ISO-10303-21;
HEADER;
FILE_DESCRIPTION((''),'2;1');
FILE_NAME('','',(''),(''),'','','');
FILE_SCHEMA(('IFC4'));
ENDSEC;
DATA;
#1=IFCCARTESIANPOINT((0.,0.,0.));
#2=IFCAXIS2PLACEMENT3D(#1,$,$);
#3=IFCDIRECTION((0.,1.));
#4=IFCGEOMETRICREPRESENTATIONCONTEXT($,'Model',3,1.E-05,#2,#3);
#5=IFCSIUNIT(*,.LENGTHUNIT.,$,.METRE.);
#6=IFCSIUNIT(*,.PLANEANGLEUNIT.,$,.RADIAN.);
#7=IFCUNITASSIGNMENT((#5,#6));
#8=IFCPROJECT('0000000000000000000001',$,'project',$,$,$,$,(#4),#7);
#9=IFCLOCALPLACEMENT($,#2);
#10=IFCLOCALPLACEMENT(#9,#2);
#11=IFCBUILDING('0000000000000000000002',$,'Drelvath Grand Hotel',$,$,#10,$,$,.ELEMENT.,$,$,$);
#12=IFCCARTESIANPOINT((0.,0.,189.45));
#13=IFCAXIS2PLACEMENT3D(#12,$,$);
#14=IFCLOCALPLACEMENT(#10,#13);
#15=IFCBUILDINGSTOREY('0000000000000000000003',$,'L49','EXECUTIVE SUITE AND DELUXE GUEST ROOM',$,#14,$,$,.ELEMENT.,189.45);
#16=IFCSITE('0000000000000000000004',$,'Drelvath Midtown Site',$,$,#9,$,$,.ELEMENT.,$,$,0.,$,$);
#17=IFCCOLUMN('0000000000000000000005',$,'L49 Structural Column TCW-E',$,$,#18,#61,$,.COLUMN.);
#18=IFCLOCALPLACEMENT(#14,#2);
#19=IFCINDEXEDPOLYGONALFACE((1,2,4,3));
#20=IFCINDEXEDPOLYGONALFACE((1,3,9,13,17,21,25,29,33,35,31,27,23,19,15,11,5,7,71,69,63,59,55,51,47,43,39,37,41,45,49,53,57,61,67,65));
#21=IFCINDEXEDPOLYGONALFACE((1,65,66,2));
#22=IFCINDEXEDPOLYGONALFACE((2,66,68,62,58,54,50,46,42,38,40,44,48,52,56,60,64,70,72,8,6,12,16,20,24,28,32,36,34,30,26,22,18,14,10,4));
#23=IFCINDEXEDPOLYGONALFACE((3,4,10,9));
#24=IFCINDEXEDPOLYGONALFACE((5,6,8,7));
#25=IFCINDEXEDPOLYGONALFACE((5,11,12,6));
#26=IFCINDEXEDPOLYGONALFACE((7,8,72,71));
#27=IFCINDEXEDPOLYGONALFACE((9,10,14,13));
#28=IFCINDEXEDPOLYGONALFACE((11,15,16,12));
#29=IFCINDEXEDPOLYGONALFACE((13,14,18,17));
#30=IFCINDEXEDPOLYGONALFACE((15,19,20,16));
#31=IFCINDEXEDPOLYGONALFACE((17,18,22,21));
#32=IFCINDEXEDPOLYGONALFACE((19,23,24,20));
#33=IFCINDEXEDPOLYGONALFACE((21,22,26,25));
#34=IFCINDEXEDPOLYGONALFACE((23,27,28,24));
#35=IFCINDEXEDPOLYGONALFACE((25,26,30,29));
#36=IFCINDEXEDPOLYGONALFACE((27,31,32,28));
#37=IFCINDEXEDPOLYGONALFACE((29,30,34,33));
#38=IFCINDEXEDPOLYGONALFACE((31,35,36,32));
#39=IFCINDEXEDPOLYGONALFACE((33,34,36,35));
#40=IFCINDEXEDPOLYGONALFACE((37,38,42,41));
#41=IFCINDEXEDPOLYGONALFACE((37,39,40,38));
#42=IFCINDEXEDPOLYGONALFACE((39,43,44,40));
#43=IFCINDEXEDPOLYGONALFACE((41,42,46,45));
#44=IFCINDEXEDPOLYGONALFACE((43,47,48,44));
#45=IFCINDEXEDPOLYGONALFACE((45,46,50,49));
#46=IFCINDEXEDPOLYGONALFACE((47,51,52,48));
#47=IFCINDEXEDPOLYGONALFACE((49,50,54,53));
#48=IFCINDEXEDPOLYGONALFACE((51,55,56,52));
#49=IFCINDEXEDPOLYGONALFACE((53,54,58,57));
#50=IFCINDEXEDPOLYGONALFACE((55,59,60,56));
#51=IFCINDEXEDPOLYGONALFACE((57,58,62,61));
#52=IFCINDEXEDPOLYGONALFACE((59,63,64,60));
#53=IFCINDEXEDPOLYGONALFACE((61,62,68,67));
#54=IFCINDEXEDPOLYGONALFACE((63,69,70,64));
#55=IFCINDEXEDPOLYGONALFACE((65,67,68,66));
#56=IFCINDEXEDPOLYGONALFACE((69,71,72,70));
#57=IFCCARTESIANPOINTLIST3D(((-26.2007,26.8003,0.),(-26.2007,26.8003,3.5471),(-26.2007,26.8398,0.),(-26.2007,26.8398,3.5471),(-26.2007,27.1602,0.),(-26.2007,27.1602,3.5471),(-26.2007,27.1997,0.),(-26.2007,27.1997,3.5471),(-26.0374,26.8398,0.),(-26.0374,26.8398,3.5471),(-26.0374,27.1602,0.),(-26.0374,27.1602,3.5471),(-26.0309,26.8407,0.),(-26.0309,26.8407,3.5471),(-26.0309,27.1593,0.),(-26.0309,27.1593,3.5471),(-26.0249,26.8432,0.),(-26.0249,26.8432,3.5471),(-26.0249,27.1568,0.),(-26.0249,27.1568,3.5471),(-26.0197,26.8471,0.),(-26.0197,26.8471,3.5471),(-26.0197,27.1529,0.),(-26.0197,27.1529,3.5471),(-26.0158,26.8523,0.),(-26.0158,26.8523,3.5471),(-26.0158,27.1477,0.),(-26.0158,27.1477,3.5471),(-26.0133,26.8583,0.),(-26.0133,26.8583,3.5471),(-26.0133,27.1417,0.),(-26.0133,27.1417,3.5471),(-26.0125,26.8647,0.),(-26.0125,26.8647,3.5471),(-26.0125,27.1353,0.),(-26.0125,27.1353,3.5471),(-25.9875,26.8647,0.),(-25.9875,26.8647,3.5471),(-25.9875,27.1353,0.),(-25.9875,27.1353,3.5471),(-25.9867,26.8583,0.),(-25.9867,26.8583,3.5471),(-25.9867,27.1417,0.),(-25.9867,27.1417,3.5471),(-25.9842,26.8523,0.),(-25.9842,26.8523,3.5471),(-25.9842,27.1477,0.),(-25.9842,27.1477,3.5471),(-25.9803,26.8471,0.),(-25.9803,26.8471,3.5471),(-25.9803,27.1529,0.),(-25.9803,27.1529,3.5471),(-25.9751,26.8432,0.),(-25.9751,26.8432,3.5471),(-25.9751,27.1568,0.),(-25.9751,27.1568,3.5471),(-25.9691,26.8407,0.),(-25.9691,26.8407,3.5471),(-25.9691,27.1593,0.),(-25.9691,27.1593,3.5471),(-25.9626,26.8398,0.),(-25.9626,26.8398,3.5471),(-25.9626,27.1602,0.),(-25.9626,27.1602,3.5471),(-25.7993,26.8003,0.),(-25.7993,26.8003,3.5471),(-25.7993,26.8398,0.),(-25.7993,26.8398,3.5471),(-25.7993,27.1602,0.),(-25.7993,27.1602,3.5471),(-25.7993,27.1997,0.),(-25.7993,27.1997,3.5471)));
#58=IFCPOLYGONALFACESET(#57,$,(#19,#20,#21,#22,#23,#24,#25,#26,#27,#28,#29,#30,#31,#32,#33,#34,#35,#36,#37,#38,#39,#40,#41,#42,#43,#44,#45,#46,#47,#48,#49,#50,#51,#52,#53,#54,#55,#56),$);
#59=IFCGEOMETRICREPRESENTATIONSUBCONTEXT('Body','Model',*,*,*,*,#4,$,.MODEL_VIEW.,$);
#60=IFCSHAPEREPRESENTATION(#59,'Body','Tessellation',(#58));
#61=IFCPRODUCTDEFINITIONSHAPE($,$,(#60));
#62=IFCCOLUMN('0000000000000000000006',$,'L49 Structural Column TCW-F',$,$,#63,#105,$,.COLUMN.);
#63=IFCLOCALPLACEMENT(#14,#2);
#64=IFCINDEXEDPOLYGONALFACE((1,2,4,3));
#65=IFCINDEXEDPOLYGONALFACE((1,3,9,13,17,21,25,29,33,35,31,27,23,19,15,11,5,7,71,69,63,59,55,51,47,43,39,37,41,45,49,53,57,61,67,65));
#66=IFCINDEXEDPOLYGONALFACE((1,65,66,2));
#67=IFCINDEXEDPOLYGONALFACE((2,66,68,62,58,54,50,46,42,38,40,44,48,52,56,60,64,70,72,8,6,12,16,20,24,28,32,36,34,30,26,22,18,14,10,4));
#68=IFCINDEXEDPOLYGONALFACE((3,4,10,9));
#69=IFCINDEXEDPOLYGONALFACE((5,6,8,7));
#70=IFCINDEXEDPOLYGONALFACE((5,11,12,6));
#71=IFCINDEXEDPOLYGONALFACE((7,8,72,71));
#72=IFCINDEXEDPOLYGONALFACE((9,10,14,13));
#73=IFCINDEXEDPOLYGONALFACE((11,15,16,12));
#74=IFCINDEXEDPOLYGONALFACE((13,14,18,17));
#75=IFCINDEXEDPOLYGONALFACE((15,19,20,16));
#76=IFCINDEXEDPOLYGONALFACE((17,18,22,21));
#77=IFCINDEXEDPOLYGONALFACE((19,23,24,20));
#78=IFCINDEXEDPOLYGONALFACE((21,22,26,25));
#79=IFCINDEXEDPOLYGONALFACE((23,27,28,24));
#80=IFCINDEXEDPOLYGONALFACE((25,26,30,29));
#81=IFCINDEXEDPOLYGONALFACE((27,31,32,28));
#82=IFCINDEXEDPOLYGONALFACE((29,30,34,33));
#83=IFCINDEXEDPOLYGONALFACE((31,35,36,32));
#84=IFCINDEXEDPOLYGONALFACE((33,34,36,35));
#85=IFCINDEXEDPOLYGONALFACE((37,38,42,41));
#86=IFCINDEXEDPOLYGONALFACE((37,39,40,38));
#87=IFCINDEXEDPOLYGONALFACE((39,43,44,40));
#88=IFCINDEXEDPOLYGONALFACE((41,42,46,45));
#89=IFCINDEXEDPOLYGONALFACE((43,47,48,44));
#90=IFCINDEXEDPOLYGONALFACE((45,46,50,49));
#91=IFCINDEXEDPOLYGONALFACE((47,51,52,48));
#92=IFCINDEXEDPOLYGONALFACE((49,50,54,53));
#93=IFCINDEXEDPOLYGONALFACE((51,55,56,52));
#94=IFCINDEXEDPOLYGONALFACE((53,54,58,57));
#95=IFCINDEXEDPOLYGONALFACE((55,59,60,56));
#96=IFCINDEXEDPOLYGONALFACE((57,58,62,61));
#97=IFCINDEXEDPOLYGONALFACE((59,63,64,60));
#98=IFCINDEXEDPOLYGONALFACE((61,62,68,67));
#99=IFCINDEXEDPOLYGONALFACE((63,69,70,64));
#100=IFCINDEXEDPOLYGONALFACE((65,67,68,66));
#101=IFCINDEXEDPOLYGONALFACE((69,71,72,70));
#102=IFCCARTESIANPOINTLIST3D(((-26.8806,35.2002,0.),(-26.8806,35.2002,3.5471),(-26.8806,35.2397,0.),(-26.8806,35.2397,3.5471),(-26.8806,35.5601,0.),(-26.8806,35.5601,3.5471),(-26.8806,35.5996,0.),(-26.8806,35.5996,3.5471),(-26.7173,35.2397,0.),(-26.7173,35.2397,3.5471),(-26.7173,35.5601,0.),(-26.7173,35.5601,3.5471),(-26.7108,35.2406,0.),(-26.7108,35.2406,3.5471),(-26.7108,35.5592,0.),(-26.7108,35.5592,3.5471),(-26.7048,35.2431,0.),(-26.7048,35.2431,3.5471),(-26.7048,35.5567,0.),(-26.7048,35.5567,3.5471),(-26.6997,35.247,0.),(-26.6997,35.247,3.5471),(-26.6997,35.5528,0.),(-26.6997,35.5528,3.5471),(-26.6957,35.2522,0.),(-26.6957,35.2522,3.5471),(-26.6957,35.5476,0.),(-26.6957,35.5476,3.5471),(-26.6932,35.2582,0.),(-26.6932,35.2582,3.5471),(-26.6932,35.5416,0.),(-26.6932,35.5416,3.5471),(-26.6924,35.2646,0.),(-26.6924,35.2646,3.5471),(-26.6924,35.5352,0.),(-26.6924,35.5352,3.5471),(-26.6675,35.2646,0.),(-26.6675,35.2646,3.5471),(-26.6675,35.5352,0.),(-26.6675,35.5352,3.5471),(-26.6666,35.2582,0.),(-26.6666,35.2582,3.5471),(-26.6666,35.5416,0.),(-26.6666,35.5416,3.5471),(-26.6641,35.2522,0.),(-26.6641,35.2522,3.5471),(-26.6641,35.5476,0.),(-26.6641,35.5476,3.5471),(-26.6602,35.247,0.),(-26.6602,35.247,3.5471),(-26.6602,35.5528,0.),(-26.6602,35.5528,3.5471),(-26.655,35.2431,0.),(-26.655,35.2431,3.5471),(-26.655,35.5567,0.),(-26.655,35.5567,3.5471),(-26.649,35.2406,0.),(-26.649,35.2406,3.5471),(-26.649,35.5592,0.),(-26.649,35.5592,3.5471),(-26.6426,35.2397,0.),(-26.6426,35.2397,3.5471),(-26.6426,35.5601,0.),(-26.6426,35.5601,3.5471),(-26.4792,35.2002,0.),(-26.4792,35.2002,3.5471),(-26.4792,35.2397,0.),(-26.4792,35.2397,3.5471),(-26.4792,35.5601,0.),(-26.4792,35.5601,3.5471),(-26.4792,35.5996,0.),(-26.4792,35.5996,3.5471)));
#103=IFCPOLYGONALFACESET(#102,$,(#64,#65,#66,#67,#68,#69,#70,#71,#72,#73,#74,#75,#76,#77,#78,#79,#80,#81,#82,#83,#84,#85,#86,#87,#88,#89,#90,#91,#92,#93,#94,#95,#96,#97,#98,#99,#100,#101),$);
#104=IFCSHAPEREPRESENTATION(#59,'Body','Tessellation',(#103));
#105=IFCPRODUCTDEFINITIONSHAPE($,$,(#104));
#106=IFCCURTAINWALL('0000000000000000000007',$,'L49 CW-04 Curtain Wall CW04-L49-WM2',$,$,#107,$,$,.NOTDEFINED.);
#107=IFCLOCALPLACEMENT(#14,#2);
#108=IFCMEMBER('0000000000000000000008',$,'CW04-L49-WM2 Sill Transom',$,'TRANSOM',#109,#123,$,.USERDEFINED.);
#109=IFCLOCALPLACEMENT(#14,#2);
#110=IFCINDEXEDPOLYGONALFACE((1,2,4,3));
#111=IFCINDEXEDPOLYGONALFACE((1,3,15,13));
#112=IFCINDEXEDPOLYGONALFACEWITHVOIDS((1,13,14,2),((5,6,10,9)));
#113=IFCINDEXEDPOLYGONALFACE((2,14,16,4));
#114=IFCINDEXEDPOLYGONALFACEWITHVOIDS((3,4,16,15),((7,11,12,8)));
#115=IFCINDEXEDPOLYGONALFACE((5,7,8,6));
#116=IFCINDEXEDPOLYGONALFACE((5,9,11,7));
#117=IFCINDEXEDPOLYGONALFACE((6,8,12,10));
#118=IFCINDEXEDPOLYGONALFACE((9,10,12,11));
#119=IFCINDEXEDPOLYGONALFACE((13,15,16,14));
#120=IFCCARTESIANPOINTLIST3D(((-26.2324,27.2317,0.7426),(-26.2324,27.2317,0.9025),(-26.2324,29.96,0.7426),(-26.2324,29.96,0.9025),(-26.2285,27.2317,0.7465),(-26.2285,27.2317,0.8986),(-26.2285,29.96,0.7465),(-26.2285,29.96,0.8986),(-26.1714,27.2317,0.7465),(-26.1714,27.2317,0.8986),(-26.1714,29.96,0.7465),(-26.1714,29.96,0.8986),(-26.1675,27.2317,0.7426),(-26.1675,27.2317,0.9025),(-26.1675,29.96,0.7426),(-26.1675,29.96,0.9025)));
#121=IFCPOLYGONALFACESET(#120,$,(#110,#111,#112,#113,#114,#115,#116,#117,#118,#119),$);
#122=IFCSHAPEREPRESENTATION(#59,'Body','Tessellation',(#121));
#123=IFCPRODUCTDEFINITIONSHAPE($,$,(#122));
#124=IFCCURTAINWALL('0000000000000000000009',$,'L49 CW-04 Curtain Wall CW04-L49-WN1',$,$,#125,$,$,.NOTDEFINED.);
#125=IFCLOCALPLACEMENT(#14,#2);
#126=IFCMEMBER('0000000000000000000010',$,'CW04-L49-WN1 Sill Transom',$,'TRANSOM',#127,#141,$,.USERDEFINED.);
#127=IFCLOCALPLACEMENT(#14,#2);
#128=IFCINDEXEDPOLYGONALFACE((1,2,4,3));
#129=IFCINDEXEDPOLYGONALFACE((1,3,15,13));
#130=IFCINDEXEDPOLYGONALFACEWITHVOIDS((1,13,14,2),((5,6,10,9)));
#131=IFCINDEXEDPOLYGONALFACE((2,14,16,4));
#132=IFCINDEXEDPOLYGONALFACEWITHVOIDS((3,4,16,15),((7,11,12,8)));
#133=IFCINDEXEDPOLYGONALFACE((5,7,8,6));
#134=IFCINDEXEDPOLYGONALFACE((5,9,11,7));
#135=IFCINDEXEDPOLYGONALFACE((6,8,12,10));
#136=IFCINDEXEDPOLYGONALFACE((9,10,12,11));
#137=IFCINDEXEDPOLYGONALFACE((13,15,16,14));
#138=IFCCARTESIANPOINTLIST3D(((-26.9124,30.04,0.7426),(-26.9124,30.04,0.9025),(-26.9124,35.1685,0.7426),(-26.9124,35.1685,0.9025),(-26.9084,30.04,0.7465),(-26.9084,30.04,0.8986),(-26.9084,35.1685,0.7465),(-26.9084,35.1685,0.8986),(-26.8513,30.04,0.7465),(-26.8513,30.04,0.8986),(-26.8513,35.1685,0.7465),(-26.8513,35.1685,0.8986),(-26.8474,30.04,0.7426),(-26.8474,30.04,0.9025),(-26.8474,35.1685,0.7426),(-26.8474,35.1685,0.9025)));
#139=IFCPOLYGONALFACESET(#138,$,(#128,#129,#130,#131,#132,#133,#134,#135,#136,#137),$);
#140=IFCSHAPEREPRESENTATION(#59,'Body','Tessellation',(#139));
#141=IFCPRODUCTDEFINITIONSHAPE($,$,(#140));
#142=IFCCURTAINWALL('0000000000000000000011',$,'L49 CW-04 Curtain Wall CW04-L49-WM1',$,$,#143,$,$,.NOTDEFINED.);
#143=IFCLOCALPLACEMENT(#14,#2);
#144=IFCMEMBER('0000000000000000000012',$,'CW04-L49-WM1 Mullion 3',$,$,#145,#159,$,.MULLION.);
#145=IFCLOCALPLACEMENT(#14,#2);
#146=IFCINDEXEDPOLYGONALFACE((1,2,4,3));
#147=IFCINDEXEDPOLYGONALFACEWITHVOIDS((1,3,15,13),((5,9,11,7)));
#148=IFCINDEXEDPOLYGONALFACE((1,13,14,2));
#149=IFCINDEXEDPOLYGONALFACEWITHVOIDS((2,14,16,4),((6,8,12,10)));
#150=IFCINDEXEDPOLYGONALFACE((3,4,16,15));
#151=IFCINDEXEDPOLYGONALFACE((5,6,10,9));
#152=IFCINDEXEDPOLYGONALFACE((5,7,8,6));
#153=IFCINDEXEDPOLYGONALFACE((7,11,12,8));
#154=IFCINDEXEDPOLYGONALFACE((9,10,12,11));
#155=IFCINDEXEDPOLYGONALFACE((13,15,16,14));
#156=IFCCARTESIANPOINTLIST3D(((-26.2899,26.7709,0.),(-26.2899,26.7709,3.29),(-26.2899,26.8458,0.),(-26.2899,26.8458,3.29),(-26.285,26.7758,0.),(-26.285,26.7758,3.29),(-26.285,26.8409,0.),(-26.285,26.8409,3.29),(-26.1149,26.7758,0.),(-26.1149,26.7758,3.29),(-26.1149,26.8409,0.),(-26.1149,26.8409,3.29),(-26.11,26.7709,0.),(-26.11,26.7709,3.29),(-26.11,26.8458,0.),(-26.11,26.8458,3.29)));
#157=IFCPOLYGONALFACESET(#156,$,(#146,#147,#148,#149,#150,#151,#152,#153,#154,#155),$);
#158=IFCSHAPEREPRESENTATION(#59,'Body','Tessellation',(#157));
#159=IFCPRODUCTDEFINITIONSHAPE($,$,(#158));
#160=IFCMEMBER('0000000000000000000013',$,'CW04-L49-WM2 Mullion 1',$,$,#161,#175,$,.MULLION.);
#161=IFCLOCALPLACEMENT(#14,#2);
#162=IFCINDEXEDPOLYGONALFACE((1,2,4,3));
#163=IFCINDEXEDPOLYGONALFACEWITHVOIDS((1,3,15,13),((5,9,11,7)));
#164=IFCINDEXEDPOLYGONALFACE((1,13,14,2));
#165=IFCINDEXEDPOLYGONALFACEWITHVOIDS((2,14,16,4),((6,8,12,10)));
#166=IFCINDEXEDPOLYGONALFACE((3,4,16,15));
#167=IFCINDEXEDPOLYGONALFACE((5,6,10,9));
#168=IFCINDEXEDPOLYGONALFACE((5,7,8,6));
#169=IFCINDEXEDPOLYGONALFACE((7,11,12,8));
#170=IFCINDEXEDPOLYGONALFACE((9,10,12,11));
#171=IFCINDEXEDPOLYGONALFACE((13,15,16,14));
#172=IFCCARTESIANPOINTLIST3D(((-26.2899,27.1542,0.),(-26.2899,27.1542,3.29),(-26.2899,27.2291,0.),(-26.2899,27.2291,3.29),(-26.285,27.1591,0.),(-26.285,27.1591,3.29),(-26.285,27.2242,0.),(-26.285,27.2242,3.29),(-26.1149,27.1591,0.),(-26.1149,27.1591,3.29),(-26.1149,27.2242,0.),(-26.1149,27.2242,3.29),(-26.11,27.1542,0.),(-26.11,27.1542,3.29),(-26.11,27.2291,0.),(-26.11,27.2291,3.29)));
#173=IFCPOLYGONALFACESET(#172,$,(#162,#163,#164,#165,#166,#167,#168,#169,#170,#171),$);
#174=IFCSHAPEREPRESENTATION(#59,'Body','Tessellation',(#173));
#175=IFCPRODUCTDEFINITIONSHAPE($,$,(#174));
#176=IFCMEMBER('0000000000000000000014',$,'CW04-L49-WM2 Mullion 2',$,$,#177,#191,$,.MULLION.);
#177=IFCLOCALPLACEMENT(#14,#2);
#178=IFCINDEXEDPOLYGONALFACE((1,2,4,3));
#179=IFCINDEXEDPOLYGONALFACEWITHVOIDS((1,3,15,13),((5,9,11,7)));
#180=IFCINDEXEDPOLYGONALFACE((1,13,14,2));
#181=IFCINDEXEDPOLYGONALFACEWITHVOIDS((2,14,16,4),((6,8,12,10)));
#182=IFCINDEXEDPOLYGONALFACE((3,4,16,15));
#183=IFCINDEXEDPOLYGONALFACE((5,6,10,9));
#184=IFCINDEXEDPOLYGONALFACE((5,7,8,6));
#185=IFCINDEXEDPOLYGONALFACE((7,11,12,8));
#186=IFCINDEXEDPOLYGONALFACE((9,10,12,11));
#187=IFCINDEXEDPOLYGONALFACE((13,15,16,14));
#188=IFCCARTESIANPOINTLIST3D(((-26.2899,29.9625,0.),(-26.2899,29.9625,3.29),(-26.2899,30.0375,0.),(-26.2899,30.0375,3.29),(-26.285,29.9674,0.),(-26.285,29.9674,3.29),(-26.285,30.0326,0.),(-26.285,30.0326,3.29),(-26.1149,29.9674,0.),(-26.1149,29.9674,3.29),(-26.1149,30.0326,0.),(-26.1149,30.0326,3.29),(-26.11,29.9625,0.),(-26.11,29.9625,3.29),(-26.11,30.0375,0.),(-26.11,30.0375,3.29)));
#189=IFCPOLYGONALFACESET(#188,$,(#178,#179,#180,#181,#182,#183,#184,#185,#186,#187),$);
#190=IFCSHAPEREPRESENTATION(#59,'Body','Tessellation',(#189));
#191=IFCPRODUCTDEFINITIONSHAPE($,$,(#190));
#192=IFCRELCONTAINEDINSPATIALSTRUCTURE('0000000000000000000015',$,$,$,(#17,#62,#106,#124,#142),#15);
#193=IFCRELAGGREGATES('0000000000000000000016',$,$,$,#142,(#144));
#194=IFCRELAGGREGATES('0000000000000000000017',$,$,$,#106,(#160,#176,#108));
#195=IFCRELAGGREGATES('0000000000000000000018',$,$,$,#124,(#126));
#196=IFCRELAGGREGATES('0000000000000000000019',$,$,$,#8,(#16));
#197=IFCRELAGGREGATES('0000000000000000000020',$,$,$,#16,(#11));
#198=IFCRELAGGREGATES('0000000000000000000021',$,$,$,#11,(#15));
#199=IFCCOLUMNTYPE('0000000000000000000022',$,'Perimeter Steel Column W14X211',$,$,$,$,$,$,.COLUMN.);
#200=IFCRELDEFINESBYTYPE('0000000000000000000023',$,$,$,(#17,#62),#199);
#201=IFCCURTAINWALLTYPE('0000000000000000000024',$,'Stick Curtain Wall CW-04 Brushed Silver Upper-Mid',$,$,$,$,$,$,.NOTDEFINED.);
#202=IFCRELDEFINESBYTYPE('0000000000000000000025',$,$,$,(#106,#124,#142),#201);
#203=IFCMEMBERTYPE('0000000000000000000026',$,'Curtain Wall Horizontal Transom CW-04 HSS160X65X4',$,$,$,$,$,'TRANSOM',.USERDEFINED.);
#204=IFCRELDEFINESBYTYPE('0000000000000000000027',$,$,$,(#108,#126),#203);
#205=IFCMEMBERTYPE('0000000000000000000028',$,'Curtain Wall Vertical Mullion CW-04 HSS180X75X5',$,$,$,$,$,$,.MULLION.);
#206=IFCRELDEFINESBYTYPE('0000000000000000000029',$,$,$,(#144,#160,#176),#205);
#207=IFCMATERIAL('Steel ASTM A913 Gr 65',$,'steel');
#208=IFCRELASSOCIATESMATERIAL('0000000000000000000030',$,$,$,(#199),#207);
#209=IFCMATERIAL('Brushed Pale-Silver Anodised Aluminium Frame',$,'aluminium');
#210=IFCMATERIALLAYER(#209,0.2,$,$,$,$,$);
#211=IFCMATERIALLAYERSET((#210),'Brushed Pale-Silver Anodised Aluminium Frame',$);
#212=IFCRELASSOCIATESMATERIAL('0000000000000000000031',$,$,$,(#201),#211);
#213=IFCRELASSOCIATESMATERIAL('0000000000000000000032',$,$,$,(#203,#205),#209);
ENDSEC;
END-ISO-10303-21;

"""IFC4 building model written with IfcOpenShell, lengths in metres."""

from ifc_helpers import new_model, si_unit, direction, frame, origin, origin_2d, place, context, subcontext, project, spatial, hollow_rectangle, i_section, extrude, material, layer, layer_set, material_profile, profile_set, type_object, element, aggregate, save


model = new_model("IFC4")

# Units and contexts
model_context = context("Model", 3, precision=1e-05, world=origin(), true_north=direction((0.0, 1.0)))
body_context = subcontext(model_context, "Body", "Model", "MODEL_VIEW")
ifc_project = project(units=[si_unit("LENGTHUNIT", "METRE"), si_unit("PLANEANGLEUNIT", "RADIAN")], contexts=[model_context])

# Site, building, storey
site_placement = place(None, origin())
site = spatial("IfcSite", under=ifc_project, at=site_placement, Name="Drelvath Midtown Site", CompositionType="ELEMENT", RefElevation=0.0)
building_placement = place(site_placement, origin())
building = spatial("IfcBuilding", under=site, at=building_placement, Name="Drelvath Grand Hotel", CompositionType="ELEMENT")
storey_placement = place(building_placement, frame((0.0, 0.0, 189.45)))
storey = spatial("IfcBuildingStorey", under=building, at=storey_placement, Name="L49", Description="EXECUTIVE SUITE AND DELUXE GUEST ROOM", CompositionType="ELEMENT", Elevation=189.45)

# Columns
ifc_material_1 = material(Name="Steel ASTM A913 Gr 65", Category="steel")
ifc_material_profile_1 = material_profile(ifc_material_1, i_section(OverallWidth=0.4014, OverallDepth=0.3994, WebThickness=0.0249, FlangeThickness=0.0396, FilletRadius=0.0249, at=origin_2d()), Name="W14X211")
ifc_profile_set_1 = profile_set([ifc_material_profile_1], Name="Steel ASTM A913 Gr 65")
column_type = type_object("IfcColumnType", Name="Perimeter Steel Column W14X211", PredefinedType="COLUMN", material=ifc_profile_set_1)
for number, where, z_axis, x_axis, name in (
    (1, (-26.0, 27.0, 0.0), (0.0, 0.0, 1.0), (1.0, 0.0, 0.0), "L49 Structural Column TCW-E"),
    (2, (-26.6799, 35.3999, 0.0), (0.0, 0.0, 1.0), (1.0, 0.0, 0.0), "L49 Structural Column TCW-F"),
):
    element("IfcColumn", number, at=place(storey_placement, frame(where, z_axis=z_axis, x_axis=x_axis)), inside=storey, type_object=column_type, Name=name, PredefinedType="COLUMN", context=body_context, shape_type="SweptSolid", body=[
        extrude(i_section(OverallWidth=0.4014, OverallDepth=0.3994, WebThickness=0.0249, FlangeThickness=0.0396, FilletRadius=0.0249, at=origin_2d()), origin(), (0.0, 0.0, 1.0), 3.5471),
    ])

# Curtain walls, members
ifc_material_2 = material(Name="Brushed Pale-Silver Anodised Aluminium Frame", Category="aluminium")
ifc_layer_1 = layer(ifc_material_2, 0.2)
ifc_layer_set_1 = layer_set([ifc_layer_1], Name="Brushed Pale-Silver Anodised Aluminium Frame")
curtain_wall_type = type_object("IfcCurtainWallType", Name="Stick Curtain Wall CW-04 Brushed Silver Upper-Mid", PredefinedType="NOTDEFINED", material=ifc_layer_set_1)
curtain_wall_1_placement = place(storey_placement, origin())
curtain_wall_1 = element("IfcCurtainWall", 3, at=curtain_wall_1_placement, inside=storey, type_object=curtain_wall_type, Name="L49 CW-04 Curtain Wall CW04-L49-WM2", PredefinedType="NOTDEFINED")
ifc_material_profile_2 = material_profile(ifc_material_2, hollow_rectangle(XDim=0.0649, YDim=0.1599, WallThickness=0.0039, at=origin_2d()), Name="HSS160X65X4")
ifc_profile_set_2 = profile_set([ifc_material_profile_2], Name="Brushed Pale-Silver Anodised Aluminium Frame")
member_type_1 = type_object("IfcMemberType", Name="Curtain Wall Horizontal Transom CW-04 HSS160X65X4", ElementType="TRANSOM", PredefinedType="USERDEFINED", material=ifc_profile_set_2)
member_1_placement = place(storey_placement, frame((-26.2, 27.2317, 0.8225), z_axis=(0.0, 1.0, 0.0), x_axis=(-1.0, 0.0, 0.0)))
member_1 = element("IfcMember", 4, at=member_1_placement, type_object=member_type_1, Name="CW04-L49-WM2 Sill Transom", ObjectType="TRANSOM", PredefinedType="USERDEFINED", context=body_context, shape_type="SweptSolid", body=[
    extrude(hollow_rectangle(XDim=0.0649, YDim=0.1599, WallThickness=0.0039, at=origin_2d()), origin(), (0.0, 0.0, 1.0), 2.7283),
])
curtain_wall_2_placement = place(storey_placement, origin())
curtain_wall_2 = element("IfcCurtainWall", 5, at=curtain_wall_2_placement, inside=storey, type_object=curtain_wall_type, Name="L49 CW-04 Curtain Wall CW04-L49-WN1", PredefinedType="NOTDEFINED")
member_2_placement = place(storey_placement, frame((-26.8799, 30.04, 0.8225), z_axis=(0.0, 1.0, 0.0), x_axis=(-1.0, 0.0, 0.0)))
member_2 = element("IfcMember", 6, at=member_2_placement, type_object=member_type_1, Name="CW04-L49-WN1 Sill Transom", ObjectType="TRANSOM", PredefinedType="USERDEFINED", context=body_context, shape_type="SweptSolid", body=[
    extrude(hollow_rectangle(XDim=0.0649, YDim=0.1599, WallThickness=0.0039, at=origin_2d()), origin(), (0.0, 0.0, 1.0), 5.1284),
])
curtain_wall_3_placement = place(storey_placement, origin())
curtain_wall_3 = element("IfcCurtainWall", 7, at=curtain_wall_3_placement, inside=storey, type_object=curtain_wall_type, Name="L49 CW-04 Curtain Wall CW04-L49-WM1", PredefinedType="NOTDEFINED")
ifc_material_profile_3 = material_profile(ifc_material_2, hollow_rectangle(XDim=0.075, YDim=0.1799, WallThickness=0.0049, at=origin_2d()), Name="HSS180X75X5")
ifc_profile_set_3 = profile_set([ifc_material_profile_3], Name="Brushed Pale-Silver Anodised Aluminium Frame")
member_type_2 = type_object("IfcMemberType", Name="Curtain Wall Vertical Mullion CW-04 HSS180X75X5", PredefinedType="MULLION", material=ifc_profile_set_3)
member_3_placement = place(storey_placement, frame((-26.2, 26.8083, 0.0), z_axis=(0.0, 0.0, 1.0), x_axis=(0.0, 1.0, 0.0)))
member_3 = element("IfcMember", 8, at=member_3_placement, type_object=member_type_2, Name="CW04-L49-WM1 Mullion 3", PredefinedType="MULLION", context=body_context, shape_type="SweptSolid", body=[
    extrude(hollow_rectangle(XDim=0.075, YDim=0.1799, WallThickness=0.0049, at=origin_2d()), origin(), (0.0, 0.0, 1.0), 3.29),
])
aggregate(curtain_wall_3, [member_3])

# Members
member_4_placement = place(storey_placement, frame((-26.2, 27.1917, 0.0), z_axis=(0.0, 0.0, 1.0), x_axis=(0.0, 1.0, 0.0)))
member_4 = element("IfcMember", 9, at=member_4_placement, type_object=member_type_2, Name="CW04-L49-WM2 Mullion 1", PredefinedType="MULLION", context=body_context, shape_type="SweptSolid", body=[
    extrude(hollow_rectangle(XDim=0.075, YDim=0.1799, WallThickness=0.0049, at=origin_2d()), origin(), (0.0, 0.0, 1.0), 3.29),
])
member_5_placement = place(storey_placement, frame((-26.2, 30.0, 0.0), z_axis=(0.0, 0.0, 1.0), x_axis=(0.0, 1.0, 0.0)))
member_5 = element("IfcMember", 10, at=member_5_placement, type_object=member_type_2, Name="CW04-L49-WM2 Mullion 2", PredefinedType="MULLION", context=body_context, shape_type="SweptSolid", body=[
    extrude(hollow_rectangle(XDim=0.075, YDim=0.1799, WallThickness=0.0049, at=origin_2d()), origin(), (0.0, 0.0, 1.0), 3.29),
])

aggregate(curtain_wall_1, [member_4, member_5, member_1])
aggregate(curtain_wall_2, [member_2])

save(model, "model.ifc")
